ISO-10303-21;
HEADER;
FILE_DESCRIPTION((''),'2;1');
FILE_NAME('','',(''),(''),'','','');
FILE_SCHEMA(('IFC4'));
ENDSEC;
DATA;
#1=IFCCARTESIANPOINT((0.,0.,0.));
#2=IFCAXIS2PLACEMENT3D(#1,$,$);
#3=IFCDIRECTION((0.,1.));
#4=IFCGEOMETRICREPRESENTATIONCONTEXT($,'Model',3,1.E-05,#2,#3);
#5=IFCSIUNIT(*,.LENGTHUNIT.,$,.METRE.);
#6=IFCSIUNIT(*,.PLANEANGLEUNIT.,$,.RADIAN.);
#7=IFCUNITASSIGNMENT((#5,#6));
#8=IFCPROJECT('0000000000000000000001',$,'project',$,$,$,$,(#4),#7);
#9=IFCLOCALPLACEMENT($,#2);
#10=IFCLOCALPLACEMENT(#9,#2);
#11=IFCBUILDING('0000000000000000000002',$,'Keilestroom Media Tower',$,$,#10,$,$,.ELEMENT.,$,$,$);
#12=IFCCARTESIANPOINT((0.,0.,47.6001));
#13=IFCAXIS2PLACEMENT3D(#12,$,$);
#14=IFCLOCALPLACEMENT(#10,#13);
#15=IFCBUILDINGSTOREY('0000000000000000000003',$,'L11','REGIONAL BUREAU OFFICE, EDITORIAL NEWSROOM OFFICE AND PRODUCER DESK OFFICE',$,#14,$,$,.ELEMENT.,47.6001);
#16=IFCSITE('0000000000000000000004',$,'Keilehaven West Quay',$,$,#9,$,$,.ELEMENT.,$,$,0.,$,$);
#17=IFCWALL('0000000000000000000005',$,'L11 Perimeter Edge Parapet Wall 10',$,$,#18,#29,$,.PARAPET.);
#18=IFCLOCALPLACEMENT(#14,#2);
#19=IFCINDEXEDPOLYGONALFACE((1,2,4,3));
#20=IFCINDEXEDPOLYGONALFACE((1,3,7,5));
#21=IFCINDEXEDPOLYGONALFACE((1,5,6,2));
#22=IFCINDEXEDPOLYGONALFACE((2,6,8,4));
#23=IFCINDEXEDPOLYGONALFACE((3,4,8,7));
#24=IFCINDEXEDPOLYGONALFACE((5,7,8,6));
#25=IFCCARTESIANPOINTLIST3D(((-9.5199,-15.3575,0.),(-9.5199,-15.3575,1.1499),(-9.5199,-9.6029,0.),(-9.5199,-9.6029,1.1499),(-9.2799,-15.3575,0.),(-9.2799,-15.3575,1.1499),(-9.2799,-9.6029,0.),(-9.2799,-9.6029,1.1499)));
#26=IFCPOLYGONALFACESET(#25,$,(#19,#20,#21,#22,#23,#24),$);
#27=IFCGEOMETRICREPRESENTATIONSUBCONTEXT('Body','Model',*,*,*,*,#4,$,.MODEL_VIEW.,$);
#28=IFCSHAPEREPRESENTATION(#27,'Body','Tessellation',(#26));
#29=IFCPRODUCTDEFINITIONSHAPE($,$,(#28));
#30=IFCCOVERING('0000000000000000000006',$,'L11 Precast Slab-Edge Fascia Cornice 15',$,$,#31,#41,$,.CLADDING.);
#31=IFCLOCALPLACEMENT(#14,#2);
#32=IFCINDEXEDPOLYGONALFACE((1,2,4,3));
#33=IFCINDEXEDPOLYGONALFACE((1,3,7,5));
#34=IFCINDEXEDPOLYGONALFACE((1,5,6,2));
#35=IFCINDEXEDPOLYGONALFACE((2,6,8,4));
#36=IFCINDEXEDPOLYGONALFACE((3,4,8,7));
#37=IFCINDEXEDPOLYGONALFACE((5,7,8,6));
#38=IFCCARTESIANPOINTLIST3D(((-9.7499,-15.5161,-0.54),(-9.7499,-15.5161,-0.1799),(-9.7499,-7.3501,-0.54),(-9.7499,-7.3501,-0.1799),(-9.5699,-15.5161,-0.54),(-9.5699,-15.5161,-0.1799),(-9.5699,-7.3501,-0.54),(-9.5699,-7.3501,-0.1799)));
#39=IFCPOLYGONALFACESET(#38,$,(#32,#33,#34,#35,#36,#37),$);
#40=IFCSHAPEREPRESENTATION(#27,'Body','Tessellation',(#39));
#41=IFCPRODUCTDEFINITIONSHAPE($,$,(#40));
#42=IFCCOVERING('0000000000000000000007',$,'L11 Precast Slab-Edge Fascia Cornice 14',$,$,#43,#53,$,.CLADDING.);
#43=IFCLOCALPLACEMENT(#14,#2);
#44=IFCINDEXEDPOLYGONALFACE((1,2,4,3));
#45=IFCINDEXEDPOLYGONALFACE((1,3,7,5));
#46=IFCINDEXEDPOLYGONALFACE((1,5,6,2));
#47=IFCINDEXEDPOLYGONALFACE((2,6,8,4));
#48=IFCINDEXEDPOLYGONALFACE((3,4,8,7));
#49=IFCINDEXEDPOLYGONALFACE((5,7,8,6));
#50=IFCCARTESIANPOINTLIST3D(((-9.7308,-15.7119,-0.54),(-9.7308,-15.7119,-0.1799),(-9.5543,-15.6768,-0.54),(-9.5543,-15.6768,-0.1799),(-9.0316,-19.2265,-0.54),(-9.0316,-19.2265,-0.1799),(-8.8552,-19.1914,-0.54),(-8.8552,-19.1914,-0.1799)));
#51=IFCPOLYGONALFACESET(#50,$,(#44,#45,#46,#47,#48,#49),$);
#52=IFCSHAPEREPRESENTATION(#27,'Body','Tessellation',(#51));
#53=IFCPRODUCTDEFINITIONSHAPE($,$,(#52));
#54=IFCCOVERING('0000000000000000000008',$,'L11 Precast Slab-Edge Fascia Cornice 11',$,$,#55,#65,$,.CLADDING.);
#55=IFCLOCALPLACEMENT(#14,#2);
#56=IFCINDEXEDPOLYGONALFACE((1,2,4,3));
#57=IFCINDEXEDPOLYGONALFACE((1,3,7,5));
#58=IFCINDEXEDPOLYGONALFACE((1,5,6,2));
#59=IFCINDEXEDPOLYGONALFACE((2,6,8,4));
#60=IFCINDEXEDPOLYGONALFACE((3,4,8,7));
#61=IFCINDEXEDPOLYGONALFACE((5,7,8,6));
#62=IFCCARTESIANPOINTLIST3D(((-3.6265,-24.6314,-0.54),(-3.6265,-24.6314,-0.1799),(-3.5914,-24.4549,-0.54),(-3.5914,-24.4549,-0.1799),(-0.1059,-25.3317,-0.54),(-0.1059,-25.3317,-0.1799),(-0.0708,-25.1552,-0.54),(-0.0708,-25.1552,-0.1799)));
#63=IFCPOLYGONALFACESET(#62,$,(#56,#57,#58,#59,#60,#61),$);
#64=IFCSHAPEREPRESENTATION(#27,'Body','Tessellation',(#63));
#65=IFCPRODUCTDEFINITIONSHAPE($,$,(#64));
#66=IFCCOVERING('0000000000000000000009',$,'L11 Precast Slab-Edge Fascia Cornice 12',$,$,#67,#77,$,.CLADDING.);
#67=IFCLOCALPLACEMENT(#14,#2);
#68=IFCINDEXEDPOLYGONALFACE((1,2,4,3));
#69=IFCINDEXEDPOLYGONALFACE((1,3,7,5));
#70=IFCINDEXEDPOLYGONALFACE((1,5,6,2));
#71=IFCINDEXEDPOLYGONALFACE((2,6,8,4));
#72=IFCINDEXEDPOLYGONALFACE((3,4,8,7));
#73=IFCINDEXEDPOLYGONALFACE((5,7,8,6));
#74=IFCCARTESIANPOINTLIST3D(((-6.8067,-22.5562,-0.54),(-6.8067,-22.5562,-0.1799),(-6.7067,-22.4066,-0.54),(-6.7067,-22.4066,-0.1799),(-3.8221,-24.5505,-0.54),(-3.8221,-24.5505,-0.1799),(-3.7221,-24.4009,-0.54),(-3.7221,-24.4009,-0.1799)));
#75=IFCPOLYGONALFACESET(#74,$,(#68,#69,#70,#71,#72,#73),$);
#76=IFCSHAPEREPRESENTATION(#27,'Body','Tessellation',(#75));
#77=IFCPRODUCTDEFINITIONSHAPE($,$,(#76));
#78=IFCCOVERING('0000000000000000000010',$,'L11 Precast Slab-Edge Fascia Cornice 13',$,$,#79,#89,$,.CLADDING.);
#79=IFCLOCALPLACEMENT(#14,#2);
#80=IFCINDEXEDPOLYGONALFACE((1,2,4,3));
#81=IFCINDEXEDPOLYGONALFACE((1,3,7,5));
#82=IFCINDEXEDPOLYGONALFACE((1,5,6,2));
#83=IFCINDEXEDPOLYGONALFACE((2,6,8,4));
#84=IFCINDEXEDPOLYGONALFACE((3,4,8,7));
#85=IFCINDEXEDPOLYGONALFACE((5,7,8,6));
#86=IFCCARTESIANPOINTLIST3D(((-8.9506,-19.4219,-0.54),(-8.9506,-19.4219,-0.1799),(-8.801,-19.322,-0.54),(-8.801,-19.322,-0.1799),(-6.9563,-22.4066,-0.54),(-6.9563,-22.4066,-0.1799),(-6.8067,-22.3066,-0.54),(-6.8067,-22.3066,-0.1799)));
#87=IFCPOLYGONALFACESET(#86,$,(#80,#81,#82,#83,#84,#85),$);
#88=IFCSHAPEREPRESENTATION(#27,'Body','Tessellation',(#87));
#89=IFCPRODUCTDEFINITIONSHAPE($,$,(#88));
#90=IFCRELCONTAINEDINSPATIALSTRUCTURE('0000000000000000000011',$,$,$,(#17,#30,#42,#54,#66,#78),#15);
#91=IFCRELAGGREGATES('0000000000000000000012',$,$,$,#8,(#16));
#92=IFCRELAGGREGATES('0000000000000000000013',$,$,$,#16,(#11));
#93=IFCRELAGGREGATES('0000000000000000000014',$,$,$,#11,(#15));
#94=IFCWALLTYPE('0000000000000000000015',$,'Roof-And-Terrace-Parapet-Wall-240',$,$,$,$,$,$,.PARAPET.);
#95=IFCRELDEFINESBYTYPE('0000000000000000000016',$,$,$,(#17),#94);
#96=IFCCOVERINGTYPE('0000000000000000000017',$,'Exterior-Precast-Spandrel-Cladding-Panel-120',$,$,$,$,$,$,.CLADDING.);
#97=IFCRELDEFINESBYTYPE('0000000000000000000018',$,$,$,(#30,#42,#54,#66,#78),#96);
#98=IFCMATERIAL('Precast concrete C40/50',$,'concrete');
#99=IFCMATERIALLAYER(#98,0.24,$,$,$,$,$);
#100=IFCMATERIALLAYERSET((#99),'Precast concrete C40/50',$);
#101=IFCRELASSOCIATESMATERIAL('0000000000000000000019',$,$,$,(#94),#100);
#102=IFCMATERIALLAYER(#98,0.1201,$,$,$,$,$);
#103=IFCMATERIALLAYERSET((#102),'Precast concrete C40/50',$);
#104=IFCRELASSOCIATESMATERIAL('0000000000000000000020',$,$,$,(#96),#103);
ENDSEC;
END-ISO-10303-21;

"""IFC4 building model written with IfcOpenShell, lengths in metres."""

from ifc_helpers import new_model, si_unit, direction, frame, frame_2d, origin, origin_2d, place, context, subcontext, project, spatial, rectangle, extrude, source, transform, mapped, material, layer, layer_set, type_object, element, save


model = new_model("IFC4")

# Units and contexts
model_context = context("Model", 3, precision=1e-05, world=origin(), true_north=direction((0.0, 1.0)))
body_context = subcontext(model_context, "Body", "Model", "MODEL_VIEW")
ifc_project = project(units=[si_unit("LENGTHUNIT", "METRE"), si_unit("PLANEANGLEUNIT", "RADIAN")], contexts=[model_context])

# Site, building, storey
site_placement = place(None, origin())
site = spatial("IfcSite", under=ifc_project, at=site_placement, Name="Keilehaven West Quay", CompositionType="ELEMENT", RefElevation=0.0)
building_placement = place(site_placement, origin())
building = spatial("IfcBuilding", under=site, at=building_placement, Name="Keilestroom Media Tower", CompositionType="ELEMENT")
storey_placement = place(building_placement, frame((0.0, 0.0, 47.6001)))
storey = spatial("IfcBuildingStorey", under=building, at=storey_placement, Name="L11", Description="REGIONAL BUREAU OFFICE, EDITORIAL NEWSROOM OFFICE AND PRODUCER DESK OFFICE", CompositionType="ELEMENT", Elevation=47.6001)

# Wall
ifc_material_1 = material(Name="Precast concrete C40/50", Category="concrete")
ifc_layer_1 = layer(ifc_material_1, 0.24)
ifc_layer_set_1 = layer_set([ifc_layer_1], Name="Precast concrete C40/50")
wall_type_1 = type_object("IfcWallType", Name="Roof-And-Terrace-Parapet-Wall-240", PredefinedType="PARAPET", material=ifc_layer_set_1)
wall_1_placement = place(storey_placement, frame((-9.3999, -15.3577, 0.0), z_axis=(0.0, 0.0, 1.0), x_axis=(0.0, 1.0, 0.0)))
element("IfcWall", 1, at=wall_1_placement, inside=storey, type_object=wall_type_1, Name="L11 Perimeter Edge Parapet Wall 10", PredefinedType="PARAPET", context=body_context, shape_type="SweptSolid", body=[
    extrude(rectangle(XDim=5.7546, YDim=0.24, at=frame_2d((2.8774, 0.0))), origin(), (0.0, 0.0, 1.0), 1.1499),
])

# Coverings
ifc_layer_2 = layer(ifc_material_1, 0.1201)
ifc_layer_set_2 = layer_set([ifc_layer_2], Name="Precast concrete C40/50")
covering_type = type_object("IfcCoveringType", Name="Exterior-Precast-Spandrel-Cladding-Panel-120", PredefinedType="CLADDING", material=ifc_layer_set_2)
shared_shape_1 = source(origin(), body_context, "Body", "SweptSolid", [
    extrude(rectangle(XDim=8.166, YDim=0.1799, at=origin_2d()), origin(), (0.0, 0.0, 1.0), 0.3601),
])
covering_1_placement = place(storey_placement, frame((-9.6599, -11.4331, -0.54), z_axis=(0.0, 0.0, 1.0), x_axis=(0.0, 1.0, 0.0)))
element("IfcCovering", 2, at=covering_1_placement, inside=storey, type_object=covering_type, Name="L11 Precast Slab-Edge Fascia Cornice 15", PredefinedType="CLADDING", context=body_context, shape_type="MappedRepresentation", body=[
    mapped(shared_shape_1, transform((0.0, 0.0, 0.0), x_axis=(1.0, 0.0, 0.0), y_axis=(0.0, 1.0, 0.0), z_axis=(0.0, 0.0, 1.0), scale=1.0)),
])
shared_shape_2 = source(origin(), body_context, "Body", "SweptSolid", [
    extrude(rectangle(XDim=3.5835, YDim=0.1799, at=origin_2d()), origin(), (0.0, 0.0, 1.0), 0.3601),
])
covering_2_placement = place(storey_placement, frame((-9.293, -17.4517, -0.54), z_axis=(0.0, 0.0, 1.0), x_axis=(-0.195099, 0.980784, 0.0)))
element("IfcCovering", 3, at=covering_2_placement, inside=storey, type_object=covering_type, Name="L11 Precast Slab-Edge Fascia Cornice 14", PredefinedType="CLADDING", context=body_context, shape_type="MappedRepresentation", body=[
    mapped(shared_shape_2, transform((0.0, 0.0, 0.0), x_axis=(1.0, 0.0, 0.0), y_axis=(0.0, 1.0, 0.0), z_axis=(0.0, 0.0, 1.0), scale=1.0)),
])
shared_shape_3 = source(origin(), body_context, "Body", "SweptSolid", [
    extrude(rectangle(XDim=3.5896, YDim=0.1799, at=origin_2d()), origin(), (0.0, 0.0, 1.0), 0.3601),
])
for number, where, z_axis, x_axis, name in (
    (4, (-1.8486, -24.8933, -0.54), (0.0, 0.0, 1.0), (-0.980784, 0.195099, 0.0), "L11 Precast Slab-Edge Fascia Cornice 11"),
    (5, (-5.2644, -23.4785, -0.54), (0.0, 0.0, 1.0), (-0.831467, 0.555575, 0.0), "L11 Precast Slab-Edge Fascia Cornice 12"),
    (6, (-7.8787, -20.8643, -0.54), (0.0, 0.0, 1.0), (-0.555575, 0.831467, 0.0), "L11 Precast Slab-Edge Fascia Cornice 13"),
):
    element("IfcCovering", number, at=place(storey_placement, frame(where, z_axis=z_axis, x_axis=x_axis)), inside=storey, type_object=covering_type, Name=name, PredefinedType="CLADDING", context=body_context, shape_type="MappedRepresentation", body=[
        mapped(shared_shape_3, transform((0.0, 0.0, 0.0), x_axis=(1.0, 0.0, 0.0), y_axis=(0.0, 1.0, 0.0), z_axis=(0.0, 0.0, 1.0), scale=1.0)),
    ])

save(model, "model.ifc")
